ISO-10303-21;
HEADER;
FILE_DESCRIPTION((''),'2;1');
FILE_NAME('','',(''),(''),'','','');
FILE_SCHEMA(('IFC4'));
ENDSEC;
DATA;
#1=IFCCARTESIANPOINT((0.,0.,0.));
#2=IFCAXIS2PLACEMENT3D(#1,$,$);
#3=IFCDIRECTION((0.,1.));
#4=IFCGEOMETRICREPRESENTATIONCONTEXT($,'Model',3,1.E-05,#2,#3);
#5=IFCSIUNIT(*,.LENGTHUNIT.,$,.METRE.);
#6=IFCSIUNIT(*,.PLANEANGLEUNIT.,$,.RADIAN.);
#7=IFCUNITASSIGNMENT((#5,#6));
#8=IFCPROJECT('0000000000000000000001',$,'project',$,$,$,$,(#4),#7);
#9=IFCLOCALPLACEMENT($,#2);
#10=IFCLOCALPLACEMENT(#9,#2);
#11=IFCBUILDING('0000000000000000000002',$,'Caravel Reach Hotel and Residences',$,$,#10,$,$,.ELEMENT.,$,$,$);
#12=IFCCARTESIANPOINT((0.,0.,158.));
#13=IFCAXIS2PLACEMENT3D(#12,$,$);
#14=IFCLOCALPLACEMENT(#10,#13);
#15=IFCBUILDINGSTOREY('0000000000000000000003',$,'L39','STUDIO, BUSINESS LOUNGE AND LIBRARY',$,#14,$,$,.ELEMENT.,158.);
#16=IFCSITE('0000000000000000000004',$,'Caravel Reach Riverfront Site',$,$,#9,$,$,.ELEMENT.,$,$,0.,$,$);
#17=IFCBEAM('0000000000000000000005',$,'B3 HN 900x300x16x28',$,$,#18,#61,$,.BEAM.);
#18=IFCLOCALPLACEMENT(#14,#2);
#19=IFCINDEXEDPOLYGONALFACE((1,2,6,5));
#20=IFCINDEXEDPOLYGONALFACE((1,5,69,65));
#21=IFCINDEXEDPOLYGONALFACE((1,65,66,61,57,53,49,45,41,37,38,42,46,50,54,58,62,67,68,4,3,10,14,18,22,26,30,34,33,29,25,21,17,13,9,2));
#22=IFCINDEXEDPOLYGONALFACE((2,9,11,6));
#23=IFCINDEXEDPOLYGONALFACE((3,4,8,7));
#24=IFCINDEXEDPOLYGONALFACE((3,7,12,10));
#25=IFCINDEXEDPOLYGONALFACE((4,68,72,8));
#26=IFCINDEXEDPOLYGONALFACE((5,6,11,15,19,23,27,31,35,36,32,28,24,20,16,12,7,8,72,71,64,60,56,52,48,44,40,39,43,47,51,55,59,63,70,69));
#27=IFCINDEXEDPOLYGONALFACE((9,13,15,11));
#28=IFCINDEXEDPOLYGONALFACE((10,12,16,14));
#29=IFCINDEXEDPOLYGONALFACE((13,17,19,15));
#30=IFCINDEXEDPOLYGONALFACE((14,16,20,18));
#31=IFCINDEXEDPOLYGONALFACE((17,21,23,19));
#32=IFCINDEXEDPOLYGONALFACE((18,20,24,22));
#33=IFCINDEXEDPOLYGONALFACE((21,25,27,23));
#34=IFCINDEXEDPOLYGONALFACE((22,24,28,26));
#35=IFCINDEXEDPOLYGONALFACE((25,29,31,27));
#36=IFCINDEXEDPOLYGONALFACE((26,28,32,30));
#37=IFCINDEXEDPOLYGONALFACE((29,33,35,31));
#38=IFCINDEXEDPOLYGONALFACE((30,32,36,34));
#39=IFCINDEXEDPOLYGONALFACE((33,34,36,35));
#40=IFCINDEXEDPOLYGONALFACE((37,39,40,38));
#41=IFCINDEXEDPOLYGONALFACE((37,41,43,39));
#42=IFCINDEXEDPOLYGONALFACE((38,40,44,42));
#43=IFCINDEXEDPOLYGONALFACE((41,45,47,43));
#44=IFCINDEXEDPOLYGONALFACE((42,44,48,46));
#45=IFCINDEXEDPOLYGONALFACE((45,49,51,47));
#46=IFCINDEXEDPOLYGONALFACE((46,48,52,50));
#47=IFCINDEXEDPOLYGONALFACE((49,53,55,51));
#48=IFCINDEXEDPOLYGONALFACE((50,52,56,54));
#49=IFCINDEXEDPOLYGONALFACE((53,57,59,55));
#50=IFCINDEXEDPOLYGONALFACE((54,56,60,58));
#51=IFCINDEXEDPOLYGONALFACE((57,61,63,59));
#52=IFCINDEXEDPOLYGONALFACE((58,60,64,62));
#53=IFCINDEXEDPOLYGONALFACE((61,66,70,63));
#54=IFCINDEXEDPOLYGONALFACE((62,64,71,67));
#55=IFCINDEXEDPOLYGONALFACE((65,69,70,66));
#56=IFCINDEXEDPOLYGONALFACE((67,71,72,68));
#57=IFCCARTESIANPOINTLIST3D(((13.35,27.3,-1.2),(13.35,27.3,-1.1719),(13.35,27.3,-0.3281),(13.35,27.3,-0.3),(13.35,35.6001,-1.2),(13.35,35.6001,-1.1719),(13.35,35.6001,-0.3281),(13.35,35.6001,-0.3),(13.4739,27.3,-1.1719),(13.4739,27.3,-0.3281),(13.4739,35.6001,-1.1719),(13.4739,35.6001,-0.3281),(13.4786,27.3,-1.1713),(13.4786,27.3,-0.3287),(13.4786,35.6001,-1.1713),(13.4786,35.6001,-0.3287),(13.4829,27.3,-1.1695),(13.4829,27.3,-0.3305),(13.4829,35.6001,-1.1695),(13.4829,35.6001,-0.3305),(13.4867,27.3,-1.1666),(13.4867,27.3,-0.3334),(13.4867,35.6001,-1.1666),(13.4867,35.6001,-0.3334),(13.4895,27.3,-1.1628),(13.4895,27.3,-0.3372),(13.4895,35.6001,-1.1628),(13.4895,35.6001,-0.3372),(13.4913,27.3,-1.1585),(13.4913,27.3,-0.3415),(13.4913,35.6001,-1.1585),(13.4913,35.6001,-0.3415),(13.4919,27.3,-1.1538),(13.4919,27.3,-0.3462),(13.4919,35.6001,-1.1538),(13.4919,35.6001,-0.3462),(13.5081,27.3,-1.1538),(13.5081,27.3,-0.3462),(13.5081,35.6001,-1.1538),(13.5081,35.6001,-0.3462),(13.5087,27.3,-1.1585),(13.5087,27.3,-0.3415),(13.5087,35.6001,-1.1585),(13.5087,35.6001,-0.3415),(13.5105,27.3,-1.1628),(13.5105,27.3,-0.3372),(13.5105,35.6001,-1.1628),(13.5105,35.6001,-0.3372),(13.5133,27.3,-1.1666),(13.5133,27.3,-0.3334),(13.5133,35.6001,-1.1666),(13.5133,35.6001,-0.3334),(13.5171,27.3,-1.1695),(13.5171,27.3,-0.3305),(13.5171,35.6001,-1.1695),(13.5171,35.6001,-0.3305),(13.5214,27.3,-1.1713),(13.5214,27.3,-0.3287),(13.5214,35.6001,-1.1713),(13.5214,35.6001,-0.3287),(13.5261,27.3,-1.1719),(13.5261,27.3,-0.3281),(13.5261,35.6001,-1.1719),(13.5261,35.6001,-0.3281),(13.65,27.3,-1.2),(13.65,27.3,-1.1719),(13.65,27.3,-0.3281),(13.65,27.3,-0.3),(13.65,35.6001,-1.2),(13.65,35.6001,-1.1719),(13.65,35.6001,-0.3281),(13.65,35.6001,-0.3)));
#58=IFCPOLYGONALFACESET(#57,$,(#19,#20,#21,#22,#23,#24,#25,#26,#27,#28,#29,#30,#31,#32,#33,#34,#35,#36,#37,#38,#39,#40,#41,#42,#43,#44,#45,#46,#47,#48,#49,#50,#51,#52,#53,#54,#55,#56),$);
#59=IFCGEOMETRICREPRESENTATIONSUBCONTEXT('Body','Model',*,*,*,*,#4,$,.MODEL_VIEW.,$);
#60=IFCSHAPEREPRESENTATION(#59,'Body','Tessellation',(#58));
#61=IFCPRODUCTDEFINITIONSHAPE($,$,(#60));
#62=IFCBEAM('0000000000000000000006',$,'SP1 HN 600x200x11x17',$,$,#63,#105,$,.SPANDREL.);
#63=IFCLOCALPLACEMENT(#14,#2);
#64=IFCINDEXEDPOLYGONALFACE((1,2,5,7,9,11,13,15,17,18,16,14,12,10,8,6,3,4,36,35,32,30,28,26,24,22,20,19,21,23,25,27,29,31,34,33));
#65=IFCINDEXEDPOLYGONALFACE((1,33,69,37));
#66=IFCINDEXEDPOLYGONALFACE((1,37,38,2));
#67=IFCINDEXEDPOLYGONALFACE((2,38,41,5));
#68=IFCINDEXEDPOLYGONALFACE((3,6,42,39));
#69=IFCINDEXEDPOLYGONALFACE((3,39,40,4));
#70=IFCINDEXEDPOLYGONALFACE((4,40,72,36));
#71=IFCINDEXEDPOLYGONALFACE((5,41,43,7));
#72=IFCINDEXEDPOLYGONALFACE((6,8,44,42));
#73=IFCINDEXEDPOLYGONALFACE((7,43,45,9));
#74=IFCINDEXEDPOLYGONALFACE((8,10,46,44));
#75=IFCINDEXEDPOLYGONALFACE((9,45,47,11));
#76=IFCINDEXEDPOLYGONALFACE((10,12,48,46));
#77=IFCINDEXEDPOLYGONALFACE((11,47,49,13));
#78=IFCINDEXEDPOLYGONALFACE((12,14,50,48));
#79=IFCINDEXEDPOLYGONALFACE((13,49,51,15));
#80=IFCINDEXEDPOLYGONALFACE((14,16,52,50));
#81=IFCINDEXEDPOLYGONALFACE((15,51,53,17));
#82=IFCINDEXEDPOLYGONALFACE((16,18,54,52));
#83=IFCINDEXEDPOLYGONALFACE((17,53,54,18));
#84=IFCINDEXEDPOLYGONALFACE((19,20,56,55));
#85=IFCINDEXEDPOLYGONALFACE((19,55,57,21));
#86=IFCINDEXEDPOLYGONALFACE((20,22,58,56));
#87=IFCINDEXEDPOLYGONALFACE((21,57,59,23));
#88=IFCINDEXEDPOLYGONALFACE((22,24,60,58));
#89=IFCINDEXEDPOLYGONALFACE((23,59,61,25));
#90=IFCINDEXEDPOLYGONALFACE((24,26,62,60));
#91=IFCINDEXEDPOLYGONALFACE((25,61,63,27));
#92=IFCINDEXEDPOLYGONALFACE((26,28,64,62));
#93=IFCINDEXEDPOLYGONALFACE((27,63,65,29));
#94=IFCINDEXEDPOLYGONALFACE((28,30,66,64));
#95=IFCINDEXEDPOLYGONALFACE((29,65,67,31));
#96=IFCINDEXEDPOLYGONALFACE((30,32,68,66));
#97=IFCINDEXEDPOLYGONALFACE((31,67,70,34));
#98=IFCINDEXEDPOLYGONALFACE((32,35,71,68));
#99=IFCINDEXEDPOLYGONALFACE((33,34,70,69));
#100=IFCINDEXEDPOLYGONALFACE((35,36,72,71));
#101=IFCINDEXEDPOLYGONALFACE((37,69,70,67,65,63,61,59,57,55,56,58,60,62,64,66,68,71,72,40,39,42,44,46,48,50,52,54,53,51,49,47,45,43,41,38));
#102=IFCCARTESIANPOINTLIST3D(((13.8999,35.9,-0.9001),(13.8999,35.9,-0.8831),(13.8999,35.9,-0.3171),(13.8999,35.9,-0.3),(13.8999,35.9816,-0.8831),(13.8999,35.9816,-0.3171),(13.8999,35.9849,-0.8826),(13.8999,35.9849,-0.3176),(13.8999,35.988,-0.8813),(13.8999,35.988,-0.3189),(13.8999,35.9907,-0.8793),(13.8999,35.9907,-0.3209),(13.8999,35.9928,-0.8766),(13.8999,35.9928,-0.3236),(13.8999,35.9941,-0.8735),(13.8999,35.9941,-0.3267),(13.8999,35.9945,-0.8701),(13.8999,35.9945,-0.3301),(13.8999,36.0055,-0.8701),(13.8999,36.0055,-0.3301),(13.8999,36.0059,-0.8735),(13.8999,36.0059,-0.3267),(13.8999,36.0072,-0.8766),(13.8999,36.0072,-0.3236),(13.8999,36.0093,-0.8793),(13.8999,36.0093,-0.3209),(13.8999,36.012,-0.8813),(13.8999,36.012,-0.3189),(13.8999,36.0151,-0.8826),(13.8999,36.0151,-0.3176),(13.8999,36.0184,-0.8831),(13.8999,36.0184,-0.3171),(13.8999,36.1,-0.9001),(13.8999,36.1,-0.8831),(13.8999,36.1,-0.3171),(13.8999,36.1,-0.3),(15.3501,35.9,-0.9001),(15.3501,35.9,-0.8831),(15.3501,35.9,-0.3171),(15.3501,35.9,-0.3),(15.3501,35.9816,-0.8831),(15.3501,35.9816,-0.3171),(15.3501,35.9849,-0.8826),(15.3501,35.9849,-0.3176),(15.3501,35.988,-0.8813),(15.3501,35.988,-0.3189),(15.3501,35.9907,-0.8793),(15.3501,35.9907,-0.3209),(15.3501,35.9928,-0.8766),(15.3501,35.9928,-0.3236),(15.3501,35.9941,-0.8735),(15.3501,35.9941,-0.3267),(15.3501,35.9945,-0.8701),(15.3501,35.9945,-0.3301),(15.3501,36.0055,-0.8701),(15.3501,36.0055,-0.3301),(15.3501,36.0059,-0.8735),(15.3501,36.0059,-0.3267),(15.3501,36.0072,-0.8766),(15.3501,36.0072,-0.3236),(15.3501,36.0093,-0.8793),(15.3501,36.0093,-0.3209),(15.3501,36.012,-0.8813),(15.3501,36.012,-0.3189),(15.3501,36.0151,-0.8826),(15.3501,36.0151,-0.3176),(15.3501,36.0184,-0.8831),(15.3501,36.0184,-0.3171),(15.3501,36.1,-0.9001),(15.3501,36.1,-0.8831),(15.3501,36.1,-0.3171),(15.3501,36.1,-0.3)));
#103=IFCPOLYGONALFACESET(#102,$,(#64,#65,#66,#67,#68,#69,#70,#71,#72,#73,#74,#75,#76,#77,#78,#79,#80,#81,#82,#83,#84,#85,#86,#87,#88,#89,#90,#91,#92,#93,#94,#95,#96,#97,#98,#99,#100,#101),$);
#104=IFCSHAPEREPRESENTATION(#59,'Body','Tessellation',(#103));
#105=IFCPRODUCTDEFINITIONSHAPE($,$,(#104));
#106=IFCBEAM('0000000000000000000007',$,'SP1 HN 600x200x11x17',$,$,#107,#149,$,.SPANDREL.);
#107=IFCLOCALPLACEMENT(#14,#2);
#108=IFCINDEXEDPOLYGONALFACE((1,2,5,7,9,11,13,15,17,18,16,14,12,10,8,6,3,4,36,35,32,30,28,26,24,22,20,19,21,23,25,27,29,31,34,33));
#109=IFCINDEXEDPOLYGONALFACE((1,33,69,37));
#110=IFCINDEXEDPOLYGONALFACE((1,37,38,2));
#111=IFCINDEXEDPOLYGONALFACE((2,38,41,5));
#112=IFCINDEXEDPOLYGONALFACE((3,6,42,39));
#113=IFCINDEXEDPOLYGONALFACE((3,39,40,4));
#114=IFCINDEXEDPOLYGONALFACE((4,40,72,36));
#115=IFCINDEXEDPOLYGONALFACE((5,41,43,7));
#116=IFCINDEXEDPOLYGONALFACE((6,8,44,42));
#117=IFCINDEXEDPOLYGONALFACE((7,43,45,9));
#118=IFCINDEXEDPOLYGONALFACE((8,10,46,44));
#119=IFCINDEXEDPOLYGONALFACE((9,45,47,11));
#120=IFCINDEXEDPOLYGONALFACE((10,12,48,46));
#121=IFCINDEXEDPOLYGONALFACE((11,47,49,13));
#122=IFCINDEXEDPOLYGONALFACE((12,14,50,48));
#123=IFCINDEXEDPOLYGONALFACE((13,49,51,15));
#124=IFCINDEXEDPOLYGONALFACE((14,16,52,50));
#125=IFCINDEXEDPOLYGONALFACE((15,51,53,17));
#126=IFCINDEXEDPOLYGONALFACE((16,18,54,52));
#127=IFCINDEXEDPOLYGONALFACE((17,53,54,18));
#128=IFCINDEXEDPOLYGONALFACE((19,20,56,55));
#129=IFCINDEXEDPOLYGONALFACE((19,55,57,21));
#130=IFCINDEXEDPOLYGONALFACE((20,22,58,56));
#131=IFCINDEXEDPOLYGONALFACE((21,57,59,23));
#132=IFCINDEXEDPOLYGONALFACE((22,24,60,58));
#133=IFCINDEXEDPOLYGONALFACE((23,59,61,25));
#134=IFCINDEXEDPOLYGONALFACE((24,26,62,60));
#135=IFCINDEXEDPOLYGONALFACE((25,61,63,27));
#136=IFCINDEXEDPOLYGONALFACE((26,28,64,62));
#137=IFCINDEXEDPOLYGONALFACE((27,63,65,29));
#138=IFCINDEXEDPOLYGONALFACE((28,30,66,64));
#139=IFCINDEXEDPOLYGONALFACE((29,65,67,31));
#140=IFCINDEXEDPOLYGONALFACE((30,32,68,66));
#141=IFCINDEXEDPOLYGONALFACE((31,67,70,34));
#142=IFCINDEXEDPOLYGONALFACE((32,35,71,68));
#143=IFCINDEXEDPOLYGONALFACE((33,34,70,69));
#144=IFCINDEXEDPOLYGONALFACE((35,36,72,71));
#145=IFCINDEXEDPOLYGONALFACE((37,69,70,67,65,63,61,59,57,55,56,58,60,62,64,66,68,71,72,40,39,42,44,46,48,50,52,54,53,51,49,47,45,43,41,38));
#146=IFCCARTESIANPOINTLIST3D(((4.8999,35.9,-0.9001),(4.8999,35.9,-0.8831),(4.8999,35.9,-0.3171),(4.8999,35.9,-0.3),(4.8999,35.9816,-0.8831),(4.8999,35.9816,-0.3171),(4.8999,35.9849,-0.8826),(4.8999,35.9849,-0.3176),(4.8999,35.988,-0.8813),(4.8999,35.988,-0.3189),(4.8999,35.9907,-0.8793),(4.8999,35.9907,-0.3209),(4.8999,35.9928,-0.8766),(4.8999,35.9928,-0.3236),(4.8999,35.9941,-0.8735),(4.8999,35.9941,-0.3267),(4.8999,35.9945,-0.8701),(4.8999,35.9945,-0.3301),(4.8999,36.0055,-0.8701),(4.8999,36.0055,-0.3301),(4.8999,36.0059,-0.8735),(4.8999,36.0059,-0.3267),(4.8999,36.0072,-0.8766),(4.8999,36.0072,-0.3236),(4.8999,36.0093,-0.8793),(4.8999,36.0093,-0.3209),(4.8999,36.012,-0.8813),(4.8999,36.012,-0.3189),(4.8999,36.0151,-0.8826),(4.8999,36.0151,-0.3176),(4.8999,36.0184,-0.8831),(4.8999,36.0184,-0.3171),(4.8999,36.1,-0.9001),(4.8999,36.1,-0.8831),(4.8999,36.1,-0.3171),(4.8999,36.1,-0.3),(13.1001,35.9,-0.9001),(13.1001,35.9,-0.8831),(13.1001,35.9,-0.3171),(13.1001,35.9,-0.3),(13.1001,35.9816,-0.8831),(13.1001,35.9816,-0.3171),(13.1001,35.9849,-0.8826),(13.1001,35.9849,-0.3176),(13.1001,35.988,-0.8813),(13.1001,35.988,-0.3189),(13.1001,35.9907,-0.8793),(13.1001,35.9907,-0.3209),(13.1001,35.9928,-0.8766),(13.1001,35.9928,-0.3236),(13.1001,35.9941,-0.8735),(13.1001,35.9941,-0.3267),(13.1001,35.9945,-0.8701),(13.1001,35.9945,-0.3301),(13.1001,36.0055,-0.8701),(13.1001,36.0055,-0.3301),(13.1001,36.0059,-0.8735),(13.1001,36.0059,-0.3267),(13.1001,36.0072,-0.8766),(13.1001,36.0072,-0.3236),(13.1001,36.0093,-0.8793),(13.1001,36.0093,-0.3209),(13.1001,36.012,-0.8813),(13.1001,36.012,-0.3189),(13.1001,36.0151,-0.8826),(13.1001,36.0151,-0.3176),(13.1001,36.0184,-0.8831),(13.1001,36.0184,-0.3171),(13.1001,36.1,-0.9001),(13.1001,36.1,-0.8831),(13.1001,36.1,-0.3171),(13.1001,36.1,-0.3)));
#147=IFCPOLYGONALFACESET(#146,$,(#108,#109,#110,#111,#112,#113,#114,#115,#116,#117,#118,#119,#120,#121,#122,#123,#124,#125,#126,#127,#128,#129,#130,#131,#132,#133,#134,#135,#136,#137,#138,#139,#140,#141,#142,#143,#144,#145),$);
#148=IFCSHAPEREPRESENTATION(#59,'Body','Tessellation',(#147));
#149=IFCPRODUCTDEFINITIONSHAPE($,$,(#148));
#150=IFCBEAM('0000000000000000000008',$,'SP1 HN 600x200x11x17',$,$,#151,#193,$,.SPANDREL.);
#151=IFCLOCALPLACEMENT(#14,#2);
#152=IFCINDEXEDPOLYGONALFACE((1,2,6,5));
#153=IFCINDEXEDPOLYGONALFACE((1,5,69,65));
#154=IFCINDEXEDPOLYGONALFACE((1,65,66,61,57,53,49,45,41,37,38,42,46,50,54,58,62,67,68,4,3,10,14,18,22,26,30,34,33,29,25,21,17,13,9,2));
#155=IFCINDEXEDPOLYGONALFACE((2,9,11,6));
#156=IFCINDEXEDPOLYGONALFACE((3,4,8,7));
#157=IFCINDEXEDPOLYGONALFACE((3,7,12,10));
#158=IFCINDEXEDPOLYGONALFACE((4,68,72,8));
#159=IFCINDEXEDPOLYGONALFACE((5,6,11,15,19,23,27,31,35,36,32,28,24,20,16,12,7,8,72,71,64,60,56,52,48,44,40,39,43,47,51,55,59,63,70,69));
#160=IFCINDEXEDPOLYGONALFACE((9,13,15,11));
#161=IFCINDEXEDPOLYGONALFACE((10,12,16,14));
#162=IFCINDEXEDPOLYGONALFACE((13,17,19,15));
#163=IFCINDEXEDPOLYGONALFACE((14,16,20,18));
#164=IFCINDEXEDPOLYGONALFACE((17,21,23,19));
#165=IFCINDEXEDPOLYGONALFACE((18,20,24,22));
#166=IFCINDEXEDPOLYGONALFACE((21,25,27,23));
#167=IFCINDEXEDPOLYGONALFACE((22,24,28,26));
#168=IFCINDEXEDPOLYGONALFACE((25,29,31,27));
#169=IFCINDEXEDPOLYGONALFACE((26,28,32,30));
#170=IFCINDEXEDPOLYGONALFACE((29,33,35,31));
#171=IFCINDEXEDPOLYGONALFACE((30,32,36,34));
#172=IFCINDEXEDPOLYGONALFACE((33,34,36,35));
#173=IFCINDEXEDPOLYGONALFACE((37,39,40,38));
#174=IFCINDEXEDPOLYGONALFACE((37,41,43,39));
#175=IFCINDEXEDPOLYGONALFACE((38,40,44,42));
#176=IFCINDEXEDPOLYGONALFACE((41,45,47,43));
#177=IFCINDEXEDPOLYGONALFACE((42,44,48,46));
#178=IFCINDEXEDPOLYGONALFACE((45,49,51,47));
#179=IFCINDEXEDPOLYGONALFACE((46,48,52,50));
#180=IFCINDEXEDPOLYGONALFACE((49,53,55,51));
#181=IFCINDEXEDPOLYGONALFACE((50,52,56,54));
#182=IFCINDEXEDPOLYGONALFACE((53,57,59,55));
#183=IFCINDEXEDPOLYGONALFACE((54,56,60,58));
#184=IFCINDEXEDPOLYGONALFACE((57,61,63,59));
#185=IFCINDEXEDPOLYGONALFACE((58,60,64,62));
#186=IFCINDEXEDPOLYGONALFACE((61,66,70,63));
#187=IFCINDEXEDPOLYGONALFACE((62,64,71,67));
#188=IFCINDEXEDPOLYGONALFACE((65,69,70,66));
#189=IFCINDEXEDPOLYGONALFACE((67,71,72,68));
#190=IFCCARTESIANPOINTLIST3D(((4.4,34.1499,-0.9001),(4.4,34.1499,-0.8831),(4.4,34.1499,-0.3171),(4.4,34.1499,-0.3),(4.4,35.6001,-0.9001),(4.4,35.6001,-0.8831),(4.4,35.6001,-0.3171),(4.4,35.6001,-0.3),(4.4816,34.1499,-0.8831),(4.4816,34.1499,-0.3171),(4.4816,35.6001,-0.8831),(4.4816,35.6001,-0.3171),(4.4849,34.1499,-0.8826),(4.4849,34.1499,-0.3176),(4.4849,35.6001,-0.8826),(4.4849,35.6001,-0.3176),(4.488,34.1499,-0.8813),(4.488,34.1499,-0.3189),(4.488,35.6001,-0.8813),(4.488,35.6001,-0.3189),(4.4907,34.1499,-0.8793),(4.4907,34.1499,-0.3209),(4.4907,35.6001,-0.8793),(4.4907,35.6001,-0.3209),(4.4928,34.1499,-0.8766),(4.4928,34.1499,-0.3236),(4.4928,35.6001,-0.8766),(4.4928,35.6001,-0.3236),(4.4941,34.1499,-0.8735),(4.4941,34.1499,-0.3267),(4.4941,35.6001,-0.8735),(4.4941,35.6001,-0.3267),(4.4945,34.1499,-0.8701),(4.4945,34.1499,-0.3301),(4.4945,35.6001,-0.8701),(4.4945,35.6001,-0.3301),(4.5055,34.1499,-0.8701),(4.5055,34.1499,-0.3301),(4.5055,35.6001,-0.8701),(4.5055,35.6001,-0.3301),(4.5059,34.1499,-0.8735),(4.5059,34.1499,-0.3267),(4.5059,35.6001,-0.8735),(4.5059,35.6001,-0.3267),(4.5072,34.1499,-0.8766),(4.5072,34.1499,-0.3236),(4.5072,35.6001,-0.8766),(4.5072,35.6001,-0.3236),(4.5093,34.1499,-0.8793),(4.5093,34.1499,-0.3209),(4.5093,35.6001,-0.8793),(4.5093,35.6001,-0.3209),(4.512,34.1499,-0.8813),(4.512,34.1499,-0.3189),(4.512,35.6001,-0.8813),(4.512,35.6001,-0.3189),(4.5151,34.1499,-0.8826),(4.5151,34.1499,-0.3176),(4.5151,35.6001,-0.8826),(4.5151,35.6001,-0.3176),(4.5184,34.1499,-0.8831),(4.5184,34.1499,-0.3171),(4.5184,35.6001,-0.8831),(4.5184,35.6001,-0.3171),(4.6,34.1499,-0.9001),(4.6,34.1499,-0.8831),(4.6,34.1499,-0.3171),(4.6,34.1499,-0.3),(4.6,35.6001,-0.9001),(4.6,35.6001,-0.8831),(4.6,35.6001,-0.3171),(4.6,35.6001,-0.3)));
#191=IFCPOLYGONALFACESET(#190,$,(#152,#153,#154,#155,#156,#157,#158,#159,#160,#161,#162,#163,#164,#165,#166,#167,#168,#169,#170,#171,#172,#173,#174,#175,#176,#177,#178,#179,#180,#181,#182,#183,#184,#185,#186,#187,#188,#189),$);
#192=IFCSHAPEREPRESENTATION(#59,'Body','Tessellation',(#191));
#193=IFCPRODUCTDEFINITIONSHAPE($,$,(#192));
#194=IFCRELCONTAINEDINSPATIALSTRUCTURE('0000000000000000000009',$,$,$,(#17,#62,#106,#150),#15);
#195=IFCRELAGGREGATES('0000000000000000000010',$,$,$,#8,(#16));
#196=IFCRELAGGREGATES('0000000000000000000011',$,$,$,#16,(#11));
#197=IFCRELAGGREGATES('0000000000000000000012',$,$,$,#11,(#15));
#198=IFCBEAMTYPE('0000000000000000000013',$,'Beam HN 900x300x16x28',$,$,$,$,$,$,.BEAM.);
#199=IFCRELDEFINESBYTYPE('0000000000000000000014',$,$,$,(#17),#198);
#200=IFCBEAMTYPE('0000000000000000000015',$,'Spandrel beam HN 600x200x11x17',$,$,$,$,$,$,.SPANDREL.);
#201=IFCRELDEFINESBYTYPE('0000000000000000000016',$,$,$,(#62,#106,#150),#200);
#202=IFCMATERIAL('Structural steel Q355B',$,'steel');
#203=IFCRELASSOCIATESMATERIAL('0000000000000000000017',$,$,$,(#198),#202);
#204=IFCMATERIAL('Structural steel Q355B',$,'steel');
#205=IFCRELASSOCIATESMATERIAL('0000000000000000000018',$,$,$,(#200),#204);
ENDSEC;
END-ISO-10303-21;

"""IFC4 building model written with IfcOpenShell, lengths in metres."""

from ifc_helpers import new_model, si_unit, direction, frame, origin, origin_2d, place, context, subcontext, project, spatial, i_section, extrude, material, material_profile, profile_set, type_object, element, save


model = new_model("IFC4")

# Units and contexts
model_context = context("Model", 3, precision=1e-05, world=origin(), true_north=direction((0.0, 1.0)))
body_context = subcontext(model_context, "Body", "Model", "MODEL_VIEW")
ifc_project = project(units=[si_unit("LENGTHUNIT", "METRE"), si_unit("PLANEANGLEUNIT", "RADIAN")], contexts=[model_context])

# Site, building, storey
site_placement = place(None, origin())
site = spatial("IfcSite", under=ifc_project, at=site_placement, Name="Caravel Reach Riverfront Site", CompositionType="ELEMENT", RefElevation=0.0)
building_placement = place(site_placement, origin())
building = spatial("IfcBuilding", under=site, at=building_placement, Name="Caravel Reach Hotel and Residences", CompositionType="ELEMENT")
storey_placement = place(building_placement, frame((0.0, 0.0, 158.0)))
storey = spatial("IfcBuildingStorey", under=building, at=storey_placement, Name="L39", Description="STUDIO, BUSINESS LOUNGE AND LIBRARY", CompositionType="ELEMENT", Elevation=158.0)

# Beams
ifc_material_1 = material(Name="Structural steel Q355B", Category="steel")
ifc_material_profile_1 = material_profile(ifc_material_1, i_section(OverallWidth=0.3, OverallDepth=0.8999, WebThickness=0.0161, FlangeThickness=0.0281, FilletRadius=0.0181, at=origin_2d()), Name="HN 900x300x16x28")
ifc_profile_set_1 = profile_set([ifc_material_profile_1], Name="Structural steel Q355B")
beam_type_1 = type_object("IfcBeamType", Name="Beam HN 900x300x16x28", PredefinedType="BEAM", material=ifc_profile_set_1)
beam_1_placement = place(storey_placement, frame((13.5, 27.3, -0.75), z_axis=(0.0, 1.0, 0.0), x_axis=(-1.0, 0.0, 0.0)))
element("IfcBeam", 1, at=beam_1_placement, inside=storey, type_object=beam_type_1, Name="B3 HN 900x300x16x28", PredefinedType="BEAM", context=body_context, shape_type="SweptSolid", body=[
    extrude(i_section(OverallWidth=0.3, OverallDepth=0.8999, WebThickness=0.0161, FlangeThickness=0.0281, FilletRadius=0.0181, at=origin_2d()), origin(), (0.0, 0.0, 1.0), 8.3),
])
ifc_material_2 = material(Name="Structural steel Q355B", Category="steel")
ifc_material_profile_2 = material_profile(ifc_material_2, i_section(OverallWidth=0.2, OverallDepth=0.6001, WebThickness=0.011, FlangeThickness=0.0171, FilletRadius=0.0129, at=origin_2d()), Name="HN 600x200x11x17")
ifc_profile_set_2 = profile_set([ifc_material_profile_2], Name="Structural steel Q355B")
beam_type_2 = type_object("IfcBeamType", Name="Spandrel beam HN 600x200x11x17", PredefinedType="SPANDREL", material=ifc_profile_set_2)
beam_2_placement = place(storey_placement, frame((15.3501, 36.0, -0.6001), z_axis=(-1.0, 0.0, 0.0), x_axis=(0.0, -1.0, 0.0)))
element("IfcBeam", 2, at=beam_2_placement, inside=storey, type_object=beam_type_2, Name="SP1 HN 600x200x11x17", PredefinedType="SPANDREL", context=body_context, shape_type="SweptSolid", body=[
    extrude(i_section(OverallWidth=0.2, OverallDepth=0.6001, WebThickness=0.011, FlangeThickness=0.0171, FilletRadius=0.0129, at=origin_2d()), origin(), (0.0, 0.0, 1.0), 1.4502),
])
beam_3_placement = place(storey_placement, frame((13.1001, 36.0, -0.6001), z_axis=(-1.0, 0.0, 0.0), x_axis=(0.0, -1.0, 0.0)))
element("IfcBeam", 3, at=beam_3_placement, inside=storey, type_object=beam_type_2, Name="SP1 HN 600x200x11x17", PredefinedType="SPANDREL", context=body_context, shape_type="SweptSolid", body=[
    extrude(i_section(OverallWidth=0.2, OverallDepth=0.6001, WebThickness=0.011, FlangeThickness=0.0171, FilletRadius=0.0129, at=origin_2d()), origin(), (0.0, 0.0, 1.0), 8.2002),
])
beam_4_placement = place(storey_placement, frame((4.5, 35.6001, -0.6001), z_axis=(0.0, -1.0, 0.0), x_axis=(1.0, 0.0, 0.0)))
element("IfcBeam", 4, at=beam_4_placement, inside=storey, type_object=beam_type_2, Name="SP1 HN 600x200x11x17", PredefinedType="SPANDREL", context=body_context, shape_type="SweptSolid", body=[
    extrude(i_section(OverallWidth=0.2, OverallDepth=0.6001, WebThickness=0.011, FlangeThickness=0.0171, FilletRadius=0.0129, at=origin_2d()), origin(), (0.0, 0.0, 1.0), 1.4502),
])

save(model, "model.ifc")
